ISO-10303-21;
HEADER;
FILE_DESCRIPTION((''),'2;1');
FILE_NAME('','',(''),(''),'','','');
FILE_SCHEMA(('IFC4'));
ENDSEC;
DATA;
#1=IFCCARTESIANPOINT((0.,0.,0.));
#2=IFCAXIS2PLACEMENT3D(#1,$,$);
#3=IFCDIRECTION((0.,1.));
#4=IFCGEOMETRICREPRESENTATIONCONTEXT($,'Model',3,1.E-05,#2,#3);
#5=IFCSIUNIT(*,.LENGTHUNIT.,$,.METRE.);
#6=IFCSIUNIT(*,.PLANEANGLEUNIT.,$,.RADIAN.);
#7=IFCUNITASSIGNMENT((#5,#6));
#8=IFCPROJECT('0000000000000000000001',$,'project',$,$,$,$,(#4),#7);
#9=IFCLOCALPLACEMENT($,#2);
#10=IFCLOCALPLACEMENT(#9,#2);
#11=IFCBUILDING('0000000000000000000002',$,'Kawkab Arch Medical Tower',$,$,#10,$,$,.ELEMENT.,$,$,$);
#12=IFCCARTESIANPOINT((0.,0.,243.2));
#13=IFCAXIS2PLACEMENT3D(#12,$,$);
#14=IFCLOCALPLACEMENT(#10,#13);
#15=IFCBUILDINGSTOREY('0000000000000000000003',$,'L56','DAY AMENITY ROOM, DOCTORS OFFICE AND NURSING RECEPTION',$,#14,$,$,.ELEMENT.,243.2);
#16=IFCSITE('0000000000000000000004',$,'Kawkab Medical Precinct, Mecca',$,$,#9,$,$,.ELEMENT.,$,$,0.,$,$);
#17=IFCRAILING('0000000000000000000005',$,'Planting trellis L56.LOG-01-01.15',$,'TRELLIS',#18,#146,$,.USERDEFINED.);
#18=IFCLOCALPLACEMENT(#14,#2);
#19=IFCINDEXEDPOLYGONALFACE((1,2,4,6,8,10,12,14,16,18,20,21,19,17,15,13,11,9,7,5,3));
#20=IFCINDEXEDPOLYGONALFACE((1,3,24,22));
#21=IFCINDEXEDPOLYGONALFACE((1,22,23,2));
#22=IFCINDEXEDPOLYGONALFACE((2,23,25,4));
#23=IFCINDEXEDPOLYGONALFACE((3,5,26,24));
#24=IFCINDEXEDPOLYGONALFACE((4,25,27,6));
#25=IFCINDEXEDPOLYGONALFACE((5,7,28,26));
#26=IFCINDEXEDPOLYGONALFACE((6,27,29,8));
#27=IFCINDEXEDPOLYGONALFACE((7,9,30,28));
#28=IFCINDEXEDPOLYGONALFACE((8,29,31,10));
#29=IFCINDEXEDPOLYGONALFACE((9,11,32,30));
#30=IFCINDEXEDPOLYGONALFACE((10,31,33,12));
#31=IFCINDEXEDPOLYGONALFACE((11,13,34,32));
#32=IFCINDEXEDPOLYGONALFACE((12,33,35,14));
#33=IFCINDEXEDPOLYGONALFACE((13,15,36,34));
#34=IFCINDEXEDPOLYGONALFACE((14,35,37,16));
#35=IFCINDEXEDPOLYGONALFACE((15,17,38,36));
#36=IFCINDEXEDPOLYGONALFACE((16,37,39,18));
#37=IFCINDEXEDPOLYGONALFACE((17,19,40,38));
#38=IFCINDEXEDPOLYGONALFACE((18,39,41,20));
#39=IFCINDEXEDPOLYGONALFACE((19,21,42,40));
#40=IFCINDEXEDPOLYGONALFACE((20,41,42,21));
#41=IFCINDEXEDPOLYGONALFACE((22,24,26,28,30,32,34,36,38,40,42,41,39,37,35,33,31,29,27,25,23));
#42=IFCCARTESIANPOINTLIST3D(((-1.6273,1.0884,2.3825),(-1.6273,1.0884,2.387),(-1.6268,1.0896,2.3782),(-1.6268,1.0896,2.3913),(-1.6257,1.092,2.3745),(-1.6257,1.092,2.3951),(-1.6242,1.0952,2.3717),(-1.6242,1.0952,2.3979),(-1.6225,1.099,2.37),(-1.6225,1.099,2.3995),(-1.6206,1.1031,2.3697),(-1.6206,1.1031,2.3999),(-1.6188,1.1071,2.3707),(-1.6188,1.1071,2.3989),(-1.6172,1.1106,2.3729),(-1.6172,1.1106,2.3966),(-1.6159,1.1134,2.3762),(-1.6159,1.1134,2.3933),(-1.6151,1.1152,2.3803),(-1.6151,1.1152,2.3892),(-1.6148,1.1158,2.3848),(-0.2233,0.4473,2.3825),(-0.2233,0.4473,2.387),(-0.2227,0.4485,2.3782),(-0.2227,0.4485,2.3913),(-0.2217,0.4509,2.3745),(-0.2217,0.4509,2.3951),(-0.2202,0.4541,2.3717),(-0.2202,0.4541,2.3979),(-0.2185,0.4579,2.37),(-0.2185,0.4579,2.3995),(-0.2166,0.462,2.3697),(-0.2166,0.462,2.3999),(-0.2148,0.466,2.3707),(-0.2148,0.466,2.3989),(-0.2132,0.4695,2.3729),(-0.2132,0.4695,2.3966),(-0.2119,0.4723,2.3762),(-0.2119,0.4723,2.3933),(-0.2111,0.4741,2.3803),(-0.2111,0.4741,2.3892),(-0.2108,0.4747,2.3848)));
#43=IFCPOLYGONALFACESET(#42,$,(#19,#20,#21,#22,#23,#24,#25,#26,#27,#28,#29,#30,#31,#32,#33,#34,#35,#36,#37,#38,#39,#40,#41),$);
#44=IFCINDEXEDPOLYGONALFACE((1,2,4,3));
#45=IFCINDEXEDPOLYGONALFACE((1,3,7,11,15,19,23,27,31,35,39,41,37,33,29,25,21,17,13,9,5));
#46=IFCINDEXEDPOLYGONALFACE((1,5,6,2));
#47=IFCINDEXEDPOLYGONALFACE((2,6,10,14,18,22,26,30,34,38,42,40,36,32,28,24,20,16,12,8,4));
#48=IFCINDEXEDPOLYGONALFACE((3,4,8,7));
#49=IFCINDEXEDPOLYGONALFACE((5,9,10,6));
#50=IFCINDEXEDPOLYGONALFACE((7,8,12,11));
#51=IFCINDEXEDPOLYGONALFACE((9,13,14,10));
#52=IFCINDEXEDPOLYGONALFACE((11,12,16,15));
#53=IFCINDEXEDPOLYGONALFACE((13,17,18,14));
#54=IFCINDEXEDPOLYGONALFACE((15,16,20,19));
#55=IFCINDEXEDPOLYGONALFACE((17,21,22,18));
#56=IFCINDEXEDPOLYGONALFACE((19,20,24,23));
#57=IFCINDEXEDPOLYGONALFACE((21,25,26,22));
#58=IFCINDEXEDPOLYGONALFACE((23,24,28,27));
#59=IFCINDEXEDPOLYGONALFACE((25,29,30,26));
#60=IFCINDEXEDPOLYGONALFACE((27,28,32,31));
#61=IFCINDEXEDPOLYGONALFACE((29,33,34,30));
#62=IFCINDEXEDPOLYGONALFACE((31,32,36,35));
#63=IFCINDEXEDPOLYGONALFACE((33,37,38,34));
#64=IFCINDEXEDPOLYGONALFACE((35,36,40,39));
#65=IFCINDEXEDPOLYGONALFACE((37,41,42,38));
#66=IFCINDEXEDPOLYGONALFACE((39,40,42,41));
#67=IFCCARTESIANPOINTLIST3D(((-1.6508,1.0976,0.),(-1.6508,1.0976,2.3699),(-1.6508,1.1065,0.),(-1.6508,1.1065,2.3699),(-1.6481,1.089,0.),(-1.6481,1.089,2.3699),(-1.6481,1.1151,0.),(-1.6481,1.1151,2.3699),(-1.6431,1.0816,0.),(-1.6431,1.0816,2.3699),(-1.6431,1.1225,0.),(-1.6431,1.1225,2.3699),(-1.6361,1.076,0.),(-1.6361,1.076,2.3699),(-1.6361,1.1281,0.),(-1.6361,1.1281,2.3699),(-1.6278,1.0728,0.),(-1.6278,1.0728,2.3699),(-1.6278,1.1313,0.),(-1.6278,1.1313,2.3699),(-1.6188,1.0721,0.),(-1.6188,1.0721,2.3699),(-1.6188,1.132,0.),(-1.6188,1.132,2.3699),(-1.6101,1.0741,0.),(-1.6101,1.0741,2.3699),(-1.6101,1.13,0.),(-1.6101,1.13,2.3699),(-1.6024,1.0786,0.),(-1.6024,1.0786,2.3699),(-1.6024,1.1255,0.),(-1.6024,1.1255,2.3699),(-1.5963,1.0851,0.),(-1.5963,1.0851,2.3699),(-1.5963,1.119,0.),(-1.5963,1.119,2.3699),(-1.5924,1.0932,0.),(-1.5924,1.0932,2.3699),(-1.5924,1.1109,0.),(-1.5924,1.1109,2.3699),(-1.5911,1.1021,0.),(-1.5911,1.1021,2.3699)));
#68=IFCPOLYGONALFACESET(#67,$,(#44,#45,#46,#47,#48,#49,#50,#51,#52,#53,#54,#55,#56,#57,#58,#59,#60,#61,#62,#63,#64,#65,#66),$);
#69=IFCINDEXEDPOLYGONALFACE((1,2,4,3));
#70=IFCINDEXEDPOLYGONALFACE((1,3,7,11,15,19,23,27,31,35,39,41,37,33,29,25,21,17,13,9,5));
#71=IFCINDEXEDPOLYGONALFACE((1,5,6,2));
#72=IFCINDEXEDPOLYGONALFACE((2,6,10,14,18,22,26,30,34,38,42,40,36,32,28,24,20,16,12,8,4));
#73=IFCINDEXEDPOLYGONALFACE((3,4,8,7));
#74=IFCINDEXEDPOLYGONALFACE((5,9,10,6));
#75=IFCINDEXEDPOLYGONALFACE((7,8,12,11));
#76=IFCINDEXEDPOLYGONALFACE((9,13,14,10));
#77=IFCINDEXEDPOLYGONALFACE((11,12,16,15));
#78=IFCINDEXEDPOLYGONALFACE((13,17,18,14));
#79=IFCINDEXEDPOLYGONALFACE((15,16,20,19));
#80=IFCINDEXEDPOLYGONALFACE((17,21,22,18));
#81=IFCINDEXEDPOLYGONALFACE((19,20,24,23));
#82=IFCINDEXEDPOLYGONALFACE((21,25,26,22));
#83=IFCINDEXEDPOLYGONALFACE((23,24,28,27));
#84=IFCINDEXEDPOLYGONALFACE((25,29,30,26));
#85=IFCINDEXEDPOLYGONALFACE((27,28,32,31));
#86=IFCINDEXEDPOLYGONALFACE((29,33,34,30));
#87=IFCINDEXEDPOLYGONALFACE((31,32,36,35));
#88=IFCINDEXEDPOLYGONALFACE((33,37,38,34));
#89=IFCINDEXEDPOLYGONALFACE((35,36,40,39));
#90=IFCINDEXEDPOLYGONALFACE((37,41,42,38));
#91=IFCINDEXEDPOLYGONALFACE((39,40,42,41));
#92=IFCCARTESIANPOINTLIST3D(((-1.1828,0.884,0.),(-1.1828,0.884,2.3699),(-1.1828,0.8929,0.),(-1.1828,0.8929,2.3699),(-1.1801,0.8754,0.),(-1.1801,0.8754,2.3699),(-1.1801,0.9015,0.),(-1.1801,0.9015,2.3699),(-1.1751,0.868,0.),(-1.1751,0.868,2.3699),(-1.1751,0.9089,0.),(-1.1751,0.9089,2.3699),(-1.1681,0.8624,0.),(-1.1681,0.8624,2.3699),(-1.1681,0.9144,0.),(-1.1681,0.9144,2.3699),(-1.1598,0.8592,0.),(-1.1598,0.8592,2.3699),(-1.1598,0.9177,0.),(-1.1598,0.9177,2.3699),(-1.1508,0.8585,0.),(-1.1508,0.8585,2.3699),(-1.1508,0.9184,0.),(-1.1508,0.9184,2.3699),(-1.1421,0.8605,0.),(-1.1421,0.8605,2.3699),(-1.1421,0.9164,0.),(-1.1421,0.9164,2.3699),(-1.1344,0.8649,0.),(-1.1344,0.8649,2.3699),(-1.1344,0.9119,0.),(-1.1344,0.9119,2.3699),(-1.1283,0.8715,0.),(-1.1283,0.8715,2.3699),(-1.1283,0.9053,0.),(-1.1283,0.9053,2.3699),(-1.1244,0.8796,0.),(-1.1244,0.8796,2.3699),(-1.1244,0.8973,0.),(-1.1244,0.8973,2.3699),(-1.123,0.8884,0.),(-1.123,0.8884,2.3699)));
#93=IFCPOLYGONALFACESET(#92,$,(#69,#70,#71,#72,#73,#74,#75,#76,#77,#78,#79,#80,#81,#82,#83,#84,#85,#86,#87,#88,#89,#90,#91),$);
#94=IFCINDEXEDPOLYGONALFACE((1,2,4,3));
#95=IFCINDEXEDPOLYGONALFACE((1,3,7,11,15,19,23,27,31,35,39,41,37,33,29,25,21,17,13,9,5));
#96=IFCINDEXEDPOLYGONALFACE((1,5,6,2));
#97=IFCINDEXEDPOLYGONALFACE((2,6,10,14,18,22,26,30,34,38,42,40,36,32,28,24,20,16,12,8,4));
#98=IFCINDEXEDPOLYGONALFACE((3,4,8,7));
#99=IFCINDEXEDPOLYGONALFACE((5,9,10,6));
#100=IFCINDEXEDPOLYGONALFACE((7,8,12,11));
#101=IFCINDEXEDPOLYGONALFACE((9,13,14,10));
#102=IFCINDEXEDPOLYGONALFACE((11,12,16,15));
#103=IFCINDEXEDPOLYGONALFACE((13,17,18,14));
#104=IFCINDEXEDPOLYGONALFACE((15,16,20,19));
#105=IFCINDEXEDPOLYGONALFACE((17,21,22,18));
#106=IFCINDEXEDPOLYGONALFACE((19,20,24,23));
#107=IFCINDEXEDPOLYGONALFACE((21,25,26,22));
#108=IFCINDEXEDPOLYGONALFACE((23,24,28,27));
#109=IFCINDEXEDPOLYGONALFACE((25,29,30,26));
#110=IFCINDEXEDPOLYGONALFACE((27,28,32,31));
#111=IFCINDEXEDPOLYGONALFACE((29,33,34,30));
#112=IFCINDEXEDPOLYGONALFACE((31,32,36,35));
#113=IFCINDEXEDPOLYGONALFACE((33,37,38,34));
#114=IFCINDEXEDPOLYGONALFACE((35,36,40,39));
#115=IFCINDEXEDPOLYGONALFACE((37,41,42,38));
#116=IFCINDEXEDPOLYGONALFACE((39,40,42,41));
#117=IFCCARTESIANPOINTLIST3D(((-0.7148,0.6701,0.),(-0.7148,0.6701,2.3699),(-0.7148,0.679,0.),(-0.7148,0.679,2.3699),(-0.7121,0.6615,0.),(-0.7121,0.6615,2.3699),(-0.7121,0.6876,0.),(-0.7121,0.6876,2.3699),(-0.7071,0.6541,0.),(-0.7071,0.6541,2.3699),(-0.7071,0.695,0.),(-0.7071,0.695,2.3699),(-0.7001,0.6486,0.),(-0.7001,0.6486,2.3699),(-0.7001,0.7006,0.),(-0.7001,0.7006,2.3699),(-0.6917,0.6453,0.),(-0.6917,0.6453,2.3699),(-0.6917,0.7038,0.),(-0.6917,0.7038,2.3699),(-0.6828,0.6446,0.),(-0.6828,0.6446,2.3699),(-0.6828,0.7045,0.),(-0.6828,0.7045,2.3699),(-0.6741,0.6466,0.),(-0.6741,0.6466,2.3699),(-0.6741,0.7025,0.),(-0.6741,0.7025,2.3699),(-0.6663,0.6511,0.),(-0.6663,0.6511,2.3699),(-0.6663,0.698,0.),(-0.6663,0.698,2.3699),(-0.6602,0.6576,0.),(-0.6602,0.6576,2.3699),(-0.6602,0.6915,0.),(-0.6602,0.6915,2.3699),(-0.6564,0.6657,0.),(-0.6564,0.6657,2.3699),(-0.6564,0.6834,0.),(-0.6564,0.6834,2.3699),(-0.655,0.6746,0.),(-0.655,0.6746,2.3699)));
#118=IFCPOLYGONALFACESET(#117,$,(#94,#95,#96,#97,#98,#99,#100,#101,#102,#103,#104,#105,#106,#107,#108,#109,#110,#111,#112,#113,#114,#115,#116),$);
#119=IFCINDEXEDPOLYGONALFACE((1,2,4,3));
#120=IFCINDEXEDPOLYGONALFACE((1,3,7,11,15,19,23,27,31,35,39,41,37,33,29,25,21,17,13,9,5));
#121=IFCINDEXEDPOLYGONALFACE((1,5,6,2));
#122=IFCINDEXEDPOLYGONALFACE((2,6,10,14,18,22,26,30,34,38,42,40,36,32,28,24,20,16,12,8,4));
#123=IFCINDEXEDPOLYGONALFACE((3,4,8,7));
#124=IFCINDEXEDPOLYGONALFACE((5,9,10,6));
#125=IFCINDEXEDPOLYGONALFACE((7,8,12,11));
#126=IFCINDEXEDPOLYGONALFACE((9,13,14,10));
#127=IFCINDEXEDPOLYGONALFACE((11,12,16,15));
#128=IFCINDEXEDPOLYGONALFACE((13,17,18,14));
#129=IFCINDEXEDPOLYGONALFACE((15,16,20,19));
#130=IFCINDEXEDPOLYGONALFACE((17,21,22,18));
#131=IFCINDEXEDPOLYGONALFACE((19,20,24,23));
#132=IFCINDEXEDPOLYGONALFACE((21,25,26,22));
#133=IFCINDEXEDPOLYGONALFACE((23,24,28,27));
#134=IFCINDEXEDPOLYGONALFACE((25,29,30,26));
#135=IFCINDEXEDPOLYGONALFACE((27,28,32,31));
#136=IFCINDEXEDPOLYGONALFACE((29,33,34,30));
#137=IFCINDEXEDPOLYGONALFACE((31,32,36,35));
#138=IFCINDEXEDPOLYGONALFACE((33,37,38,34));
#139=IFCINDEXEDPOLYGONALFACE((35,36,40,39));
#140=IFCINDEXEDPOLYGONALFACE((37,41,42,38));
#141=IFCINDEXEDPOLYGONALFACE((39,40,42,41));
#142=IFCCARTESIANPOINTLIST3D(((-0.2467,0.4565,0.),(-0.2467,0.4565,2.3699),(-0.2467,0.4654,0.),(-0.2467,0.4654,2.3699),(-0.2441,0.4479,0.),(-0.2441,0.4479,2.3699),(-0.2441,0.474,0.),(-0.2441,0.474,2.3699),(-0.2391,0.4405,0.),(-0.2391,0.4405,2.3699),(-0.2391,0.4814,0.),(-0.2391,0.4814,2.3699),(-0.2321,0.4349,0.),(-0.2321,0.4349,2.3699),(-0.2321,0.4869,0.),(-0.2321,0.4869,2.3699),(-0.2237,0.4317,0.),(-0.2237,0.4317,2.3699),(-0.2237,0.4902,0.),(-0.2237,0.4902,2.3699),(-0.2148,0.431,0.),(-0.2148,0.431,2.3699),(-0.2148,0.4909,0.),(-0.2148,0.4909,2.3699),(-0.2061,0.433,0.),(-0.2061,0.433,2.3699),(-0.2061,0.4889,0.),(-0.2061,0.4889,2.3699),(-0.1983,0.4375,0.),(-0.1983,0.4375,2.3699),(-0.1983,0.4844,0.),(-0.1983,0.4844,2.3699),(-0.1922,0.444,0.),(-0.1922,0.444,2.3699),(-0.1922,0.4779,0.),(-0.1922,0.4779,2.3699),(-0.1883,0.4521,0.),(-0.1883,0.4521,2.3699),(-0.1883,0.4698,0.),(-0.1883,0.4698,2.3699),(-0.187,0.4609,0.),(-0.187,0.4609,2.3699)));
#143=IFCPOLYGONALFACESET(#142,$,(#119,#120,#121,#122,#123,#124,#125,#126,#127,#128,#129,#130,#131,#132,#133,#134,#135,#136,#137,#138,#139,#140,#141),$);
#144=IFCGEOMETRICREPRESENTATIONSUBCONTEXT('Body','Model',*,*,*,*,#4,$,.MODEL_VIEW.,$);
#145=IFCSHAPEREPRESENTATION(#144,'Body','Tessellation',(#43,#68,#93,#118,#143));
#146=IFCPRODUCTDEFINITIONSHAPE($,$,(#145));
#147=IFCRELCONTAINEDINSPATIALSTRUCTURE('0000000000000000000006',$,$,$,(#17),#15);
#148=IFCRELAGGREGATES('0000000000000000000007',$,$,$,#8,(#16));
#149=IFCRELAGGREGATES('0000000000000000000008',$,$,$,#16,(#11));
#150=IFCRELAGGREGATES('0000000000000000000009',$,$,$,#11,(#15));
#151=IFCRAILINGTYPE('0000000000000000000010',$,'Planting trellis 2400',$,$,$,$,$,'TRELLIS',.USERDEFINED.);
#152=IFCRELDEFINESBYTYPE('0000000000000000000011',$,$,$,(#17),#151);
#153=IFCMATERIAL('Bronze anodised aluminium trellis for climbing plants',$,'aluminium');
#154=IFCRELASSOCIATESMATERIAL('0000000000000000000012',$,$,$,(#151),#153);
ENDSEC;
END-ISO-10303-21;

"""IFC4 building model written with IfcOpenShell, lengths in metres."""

from ifc_helpers import new_model, si_unit, direction, frame, origin, origin_2d, place, context, subcontext, project, spatial, circle, extrude, material, type_object, element, save


model = new_model("IFC4")

# Units and contexts
model_context = context("Model", 3, precision=1e-05, world=origin(), true_north=direction((0.0, 1.0)))
body_context = subcontext(model_context, "Body", "Model", "MODEL_VIEW")
ifc_project = project(units=[si_unit("LENGTHUNIT", "METRE"), si_unit("PLANEANGLEUNIT", "RADIAN")], contexts=[model_context])

# Site, building, storey
site_placement = place(None, origin())
site = spatial("IfcSite", under=ifc_project, at=site_placement, Name="Kawkab Medical Precinct, Mecca", CompositionType="ELEMENT", RefElevation=0.0)
building_placement = place(site_placement, origin())
building = spatial("IfcBuilding", under=site, at=building_placement, Name="Kawkab Arch Medical Tower", CompositionType="ELEMENT")
storey_placement = place(building_placement, frame((0.0, 0.0, 243.2)))
storey = spatial("IfcBuildingStorey", under=building, at=storey_placement, Name="L56", Description="DAY AMENITY ROOM, DOCTORS OFFICE AND NURSING RECEPTION", CompositionType="ELEMENT", Elevation=243.2)

# Railing
ifc_material_1 = material(Name="Bronze anodised aluminium trellis for climbing plants", Category="aluminium")
railing_type = type_object("IfcRailingType", Name="Planting trellis 2400", ElementType="TRELLIS", PredefinedType="USERDEFINED", material=ifc_material_1)
railing_1_placement = place(storey_placement, frame((-1.6211, 1.1021, 0.0)))
element("IfcRailing", 1, at=railing_1_placement, inside=storey, type_object=railing_type, Name="Planting trellis L56.LOG-01-01.15", ObjectType="TRELLIS", PredefinedType="USERDEFINED", context=body_context, shape_type="SweptSolid", body=[
    extrude(circle(Radius=0.0151, at=origin_2d()), frame((0.0, 0.0, 2.3848), z_axis=(0.909656, -0.415363, 0.0), x_axis=(0.415363, 0.909656, 0.0)), (0.0, 0.0, 1.0), 1.5435),
    extrude(circle(Radius=0.03, at=origin_2d()), origin(), (0.0, 0.0, 1.0), 2.3699),
    extrude(circle(Radius=0.03, at=origin_2d()), frame((0.468, -0.2136, 0.0)), (0.0, 0.0, 1.0), 2.3699),
    extrude(circle(Radius=0.03, at=origin_2d()), frame((0.936, -0.4275, 0.0)), (0.0, 0.0, 1.0), 2.3699),
    extrude(circle(Radius=0.03, at=origin_2d()), frame((1.4041, -0.6411, 0.0)), (0.0, 0.0, 1.0), 2.3699),
])

save(model, "model.ifc")
